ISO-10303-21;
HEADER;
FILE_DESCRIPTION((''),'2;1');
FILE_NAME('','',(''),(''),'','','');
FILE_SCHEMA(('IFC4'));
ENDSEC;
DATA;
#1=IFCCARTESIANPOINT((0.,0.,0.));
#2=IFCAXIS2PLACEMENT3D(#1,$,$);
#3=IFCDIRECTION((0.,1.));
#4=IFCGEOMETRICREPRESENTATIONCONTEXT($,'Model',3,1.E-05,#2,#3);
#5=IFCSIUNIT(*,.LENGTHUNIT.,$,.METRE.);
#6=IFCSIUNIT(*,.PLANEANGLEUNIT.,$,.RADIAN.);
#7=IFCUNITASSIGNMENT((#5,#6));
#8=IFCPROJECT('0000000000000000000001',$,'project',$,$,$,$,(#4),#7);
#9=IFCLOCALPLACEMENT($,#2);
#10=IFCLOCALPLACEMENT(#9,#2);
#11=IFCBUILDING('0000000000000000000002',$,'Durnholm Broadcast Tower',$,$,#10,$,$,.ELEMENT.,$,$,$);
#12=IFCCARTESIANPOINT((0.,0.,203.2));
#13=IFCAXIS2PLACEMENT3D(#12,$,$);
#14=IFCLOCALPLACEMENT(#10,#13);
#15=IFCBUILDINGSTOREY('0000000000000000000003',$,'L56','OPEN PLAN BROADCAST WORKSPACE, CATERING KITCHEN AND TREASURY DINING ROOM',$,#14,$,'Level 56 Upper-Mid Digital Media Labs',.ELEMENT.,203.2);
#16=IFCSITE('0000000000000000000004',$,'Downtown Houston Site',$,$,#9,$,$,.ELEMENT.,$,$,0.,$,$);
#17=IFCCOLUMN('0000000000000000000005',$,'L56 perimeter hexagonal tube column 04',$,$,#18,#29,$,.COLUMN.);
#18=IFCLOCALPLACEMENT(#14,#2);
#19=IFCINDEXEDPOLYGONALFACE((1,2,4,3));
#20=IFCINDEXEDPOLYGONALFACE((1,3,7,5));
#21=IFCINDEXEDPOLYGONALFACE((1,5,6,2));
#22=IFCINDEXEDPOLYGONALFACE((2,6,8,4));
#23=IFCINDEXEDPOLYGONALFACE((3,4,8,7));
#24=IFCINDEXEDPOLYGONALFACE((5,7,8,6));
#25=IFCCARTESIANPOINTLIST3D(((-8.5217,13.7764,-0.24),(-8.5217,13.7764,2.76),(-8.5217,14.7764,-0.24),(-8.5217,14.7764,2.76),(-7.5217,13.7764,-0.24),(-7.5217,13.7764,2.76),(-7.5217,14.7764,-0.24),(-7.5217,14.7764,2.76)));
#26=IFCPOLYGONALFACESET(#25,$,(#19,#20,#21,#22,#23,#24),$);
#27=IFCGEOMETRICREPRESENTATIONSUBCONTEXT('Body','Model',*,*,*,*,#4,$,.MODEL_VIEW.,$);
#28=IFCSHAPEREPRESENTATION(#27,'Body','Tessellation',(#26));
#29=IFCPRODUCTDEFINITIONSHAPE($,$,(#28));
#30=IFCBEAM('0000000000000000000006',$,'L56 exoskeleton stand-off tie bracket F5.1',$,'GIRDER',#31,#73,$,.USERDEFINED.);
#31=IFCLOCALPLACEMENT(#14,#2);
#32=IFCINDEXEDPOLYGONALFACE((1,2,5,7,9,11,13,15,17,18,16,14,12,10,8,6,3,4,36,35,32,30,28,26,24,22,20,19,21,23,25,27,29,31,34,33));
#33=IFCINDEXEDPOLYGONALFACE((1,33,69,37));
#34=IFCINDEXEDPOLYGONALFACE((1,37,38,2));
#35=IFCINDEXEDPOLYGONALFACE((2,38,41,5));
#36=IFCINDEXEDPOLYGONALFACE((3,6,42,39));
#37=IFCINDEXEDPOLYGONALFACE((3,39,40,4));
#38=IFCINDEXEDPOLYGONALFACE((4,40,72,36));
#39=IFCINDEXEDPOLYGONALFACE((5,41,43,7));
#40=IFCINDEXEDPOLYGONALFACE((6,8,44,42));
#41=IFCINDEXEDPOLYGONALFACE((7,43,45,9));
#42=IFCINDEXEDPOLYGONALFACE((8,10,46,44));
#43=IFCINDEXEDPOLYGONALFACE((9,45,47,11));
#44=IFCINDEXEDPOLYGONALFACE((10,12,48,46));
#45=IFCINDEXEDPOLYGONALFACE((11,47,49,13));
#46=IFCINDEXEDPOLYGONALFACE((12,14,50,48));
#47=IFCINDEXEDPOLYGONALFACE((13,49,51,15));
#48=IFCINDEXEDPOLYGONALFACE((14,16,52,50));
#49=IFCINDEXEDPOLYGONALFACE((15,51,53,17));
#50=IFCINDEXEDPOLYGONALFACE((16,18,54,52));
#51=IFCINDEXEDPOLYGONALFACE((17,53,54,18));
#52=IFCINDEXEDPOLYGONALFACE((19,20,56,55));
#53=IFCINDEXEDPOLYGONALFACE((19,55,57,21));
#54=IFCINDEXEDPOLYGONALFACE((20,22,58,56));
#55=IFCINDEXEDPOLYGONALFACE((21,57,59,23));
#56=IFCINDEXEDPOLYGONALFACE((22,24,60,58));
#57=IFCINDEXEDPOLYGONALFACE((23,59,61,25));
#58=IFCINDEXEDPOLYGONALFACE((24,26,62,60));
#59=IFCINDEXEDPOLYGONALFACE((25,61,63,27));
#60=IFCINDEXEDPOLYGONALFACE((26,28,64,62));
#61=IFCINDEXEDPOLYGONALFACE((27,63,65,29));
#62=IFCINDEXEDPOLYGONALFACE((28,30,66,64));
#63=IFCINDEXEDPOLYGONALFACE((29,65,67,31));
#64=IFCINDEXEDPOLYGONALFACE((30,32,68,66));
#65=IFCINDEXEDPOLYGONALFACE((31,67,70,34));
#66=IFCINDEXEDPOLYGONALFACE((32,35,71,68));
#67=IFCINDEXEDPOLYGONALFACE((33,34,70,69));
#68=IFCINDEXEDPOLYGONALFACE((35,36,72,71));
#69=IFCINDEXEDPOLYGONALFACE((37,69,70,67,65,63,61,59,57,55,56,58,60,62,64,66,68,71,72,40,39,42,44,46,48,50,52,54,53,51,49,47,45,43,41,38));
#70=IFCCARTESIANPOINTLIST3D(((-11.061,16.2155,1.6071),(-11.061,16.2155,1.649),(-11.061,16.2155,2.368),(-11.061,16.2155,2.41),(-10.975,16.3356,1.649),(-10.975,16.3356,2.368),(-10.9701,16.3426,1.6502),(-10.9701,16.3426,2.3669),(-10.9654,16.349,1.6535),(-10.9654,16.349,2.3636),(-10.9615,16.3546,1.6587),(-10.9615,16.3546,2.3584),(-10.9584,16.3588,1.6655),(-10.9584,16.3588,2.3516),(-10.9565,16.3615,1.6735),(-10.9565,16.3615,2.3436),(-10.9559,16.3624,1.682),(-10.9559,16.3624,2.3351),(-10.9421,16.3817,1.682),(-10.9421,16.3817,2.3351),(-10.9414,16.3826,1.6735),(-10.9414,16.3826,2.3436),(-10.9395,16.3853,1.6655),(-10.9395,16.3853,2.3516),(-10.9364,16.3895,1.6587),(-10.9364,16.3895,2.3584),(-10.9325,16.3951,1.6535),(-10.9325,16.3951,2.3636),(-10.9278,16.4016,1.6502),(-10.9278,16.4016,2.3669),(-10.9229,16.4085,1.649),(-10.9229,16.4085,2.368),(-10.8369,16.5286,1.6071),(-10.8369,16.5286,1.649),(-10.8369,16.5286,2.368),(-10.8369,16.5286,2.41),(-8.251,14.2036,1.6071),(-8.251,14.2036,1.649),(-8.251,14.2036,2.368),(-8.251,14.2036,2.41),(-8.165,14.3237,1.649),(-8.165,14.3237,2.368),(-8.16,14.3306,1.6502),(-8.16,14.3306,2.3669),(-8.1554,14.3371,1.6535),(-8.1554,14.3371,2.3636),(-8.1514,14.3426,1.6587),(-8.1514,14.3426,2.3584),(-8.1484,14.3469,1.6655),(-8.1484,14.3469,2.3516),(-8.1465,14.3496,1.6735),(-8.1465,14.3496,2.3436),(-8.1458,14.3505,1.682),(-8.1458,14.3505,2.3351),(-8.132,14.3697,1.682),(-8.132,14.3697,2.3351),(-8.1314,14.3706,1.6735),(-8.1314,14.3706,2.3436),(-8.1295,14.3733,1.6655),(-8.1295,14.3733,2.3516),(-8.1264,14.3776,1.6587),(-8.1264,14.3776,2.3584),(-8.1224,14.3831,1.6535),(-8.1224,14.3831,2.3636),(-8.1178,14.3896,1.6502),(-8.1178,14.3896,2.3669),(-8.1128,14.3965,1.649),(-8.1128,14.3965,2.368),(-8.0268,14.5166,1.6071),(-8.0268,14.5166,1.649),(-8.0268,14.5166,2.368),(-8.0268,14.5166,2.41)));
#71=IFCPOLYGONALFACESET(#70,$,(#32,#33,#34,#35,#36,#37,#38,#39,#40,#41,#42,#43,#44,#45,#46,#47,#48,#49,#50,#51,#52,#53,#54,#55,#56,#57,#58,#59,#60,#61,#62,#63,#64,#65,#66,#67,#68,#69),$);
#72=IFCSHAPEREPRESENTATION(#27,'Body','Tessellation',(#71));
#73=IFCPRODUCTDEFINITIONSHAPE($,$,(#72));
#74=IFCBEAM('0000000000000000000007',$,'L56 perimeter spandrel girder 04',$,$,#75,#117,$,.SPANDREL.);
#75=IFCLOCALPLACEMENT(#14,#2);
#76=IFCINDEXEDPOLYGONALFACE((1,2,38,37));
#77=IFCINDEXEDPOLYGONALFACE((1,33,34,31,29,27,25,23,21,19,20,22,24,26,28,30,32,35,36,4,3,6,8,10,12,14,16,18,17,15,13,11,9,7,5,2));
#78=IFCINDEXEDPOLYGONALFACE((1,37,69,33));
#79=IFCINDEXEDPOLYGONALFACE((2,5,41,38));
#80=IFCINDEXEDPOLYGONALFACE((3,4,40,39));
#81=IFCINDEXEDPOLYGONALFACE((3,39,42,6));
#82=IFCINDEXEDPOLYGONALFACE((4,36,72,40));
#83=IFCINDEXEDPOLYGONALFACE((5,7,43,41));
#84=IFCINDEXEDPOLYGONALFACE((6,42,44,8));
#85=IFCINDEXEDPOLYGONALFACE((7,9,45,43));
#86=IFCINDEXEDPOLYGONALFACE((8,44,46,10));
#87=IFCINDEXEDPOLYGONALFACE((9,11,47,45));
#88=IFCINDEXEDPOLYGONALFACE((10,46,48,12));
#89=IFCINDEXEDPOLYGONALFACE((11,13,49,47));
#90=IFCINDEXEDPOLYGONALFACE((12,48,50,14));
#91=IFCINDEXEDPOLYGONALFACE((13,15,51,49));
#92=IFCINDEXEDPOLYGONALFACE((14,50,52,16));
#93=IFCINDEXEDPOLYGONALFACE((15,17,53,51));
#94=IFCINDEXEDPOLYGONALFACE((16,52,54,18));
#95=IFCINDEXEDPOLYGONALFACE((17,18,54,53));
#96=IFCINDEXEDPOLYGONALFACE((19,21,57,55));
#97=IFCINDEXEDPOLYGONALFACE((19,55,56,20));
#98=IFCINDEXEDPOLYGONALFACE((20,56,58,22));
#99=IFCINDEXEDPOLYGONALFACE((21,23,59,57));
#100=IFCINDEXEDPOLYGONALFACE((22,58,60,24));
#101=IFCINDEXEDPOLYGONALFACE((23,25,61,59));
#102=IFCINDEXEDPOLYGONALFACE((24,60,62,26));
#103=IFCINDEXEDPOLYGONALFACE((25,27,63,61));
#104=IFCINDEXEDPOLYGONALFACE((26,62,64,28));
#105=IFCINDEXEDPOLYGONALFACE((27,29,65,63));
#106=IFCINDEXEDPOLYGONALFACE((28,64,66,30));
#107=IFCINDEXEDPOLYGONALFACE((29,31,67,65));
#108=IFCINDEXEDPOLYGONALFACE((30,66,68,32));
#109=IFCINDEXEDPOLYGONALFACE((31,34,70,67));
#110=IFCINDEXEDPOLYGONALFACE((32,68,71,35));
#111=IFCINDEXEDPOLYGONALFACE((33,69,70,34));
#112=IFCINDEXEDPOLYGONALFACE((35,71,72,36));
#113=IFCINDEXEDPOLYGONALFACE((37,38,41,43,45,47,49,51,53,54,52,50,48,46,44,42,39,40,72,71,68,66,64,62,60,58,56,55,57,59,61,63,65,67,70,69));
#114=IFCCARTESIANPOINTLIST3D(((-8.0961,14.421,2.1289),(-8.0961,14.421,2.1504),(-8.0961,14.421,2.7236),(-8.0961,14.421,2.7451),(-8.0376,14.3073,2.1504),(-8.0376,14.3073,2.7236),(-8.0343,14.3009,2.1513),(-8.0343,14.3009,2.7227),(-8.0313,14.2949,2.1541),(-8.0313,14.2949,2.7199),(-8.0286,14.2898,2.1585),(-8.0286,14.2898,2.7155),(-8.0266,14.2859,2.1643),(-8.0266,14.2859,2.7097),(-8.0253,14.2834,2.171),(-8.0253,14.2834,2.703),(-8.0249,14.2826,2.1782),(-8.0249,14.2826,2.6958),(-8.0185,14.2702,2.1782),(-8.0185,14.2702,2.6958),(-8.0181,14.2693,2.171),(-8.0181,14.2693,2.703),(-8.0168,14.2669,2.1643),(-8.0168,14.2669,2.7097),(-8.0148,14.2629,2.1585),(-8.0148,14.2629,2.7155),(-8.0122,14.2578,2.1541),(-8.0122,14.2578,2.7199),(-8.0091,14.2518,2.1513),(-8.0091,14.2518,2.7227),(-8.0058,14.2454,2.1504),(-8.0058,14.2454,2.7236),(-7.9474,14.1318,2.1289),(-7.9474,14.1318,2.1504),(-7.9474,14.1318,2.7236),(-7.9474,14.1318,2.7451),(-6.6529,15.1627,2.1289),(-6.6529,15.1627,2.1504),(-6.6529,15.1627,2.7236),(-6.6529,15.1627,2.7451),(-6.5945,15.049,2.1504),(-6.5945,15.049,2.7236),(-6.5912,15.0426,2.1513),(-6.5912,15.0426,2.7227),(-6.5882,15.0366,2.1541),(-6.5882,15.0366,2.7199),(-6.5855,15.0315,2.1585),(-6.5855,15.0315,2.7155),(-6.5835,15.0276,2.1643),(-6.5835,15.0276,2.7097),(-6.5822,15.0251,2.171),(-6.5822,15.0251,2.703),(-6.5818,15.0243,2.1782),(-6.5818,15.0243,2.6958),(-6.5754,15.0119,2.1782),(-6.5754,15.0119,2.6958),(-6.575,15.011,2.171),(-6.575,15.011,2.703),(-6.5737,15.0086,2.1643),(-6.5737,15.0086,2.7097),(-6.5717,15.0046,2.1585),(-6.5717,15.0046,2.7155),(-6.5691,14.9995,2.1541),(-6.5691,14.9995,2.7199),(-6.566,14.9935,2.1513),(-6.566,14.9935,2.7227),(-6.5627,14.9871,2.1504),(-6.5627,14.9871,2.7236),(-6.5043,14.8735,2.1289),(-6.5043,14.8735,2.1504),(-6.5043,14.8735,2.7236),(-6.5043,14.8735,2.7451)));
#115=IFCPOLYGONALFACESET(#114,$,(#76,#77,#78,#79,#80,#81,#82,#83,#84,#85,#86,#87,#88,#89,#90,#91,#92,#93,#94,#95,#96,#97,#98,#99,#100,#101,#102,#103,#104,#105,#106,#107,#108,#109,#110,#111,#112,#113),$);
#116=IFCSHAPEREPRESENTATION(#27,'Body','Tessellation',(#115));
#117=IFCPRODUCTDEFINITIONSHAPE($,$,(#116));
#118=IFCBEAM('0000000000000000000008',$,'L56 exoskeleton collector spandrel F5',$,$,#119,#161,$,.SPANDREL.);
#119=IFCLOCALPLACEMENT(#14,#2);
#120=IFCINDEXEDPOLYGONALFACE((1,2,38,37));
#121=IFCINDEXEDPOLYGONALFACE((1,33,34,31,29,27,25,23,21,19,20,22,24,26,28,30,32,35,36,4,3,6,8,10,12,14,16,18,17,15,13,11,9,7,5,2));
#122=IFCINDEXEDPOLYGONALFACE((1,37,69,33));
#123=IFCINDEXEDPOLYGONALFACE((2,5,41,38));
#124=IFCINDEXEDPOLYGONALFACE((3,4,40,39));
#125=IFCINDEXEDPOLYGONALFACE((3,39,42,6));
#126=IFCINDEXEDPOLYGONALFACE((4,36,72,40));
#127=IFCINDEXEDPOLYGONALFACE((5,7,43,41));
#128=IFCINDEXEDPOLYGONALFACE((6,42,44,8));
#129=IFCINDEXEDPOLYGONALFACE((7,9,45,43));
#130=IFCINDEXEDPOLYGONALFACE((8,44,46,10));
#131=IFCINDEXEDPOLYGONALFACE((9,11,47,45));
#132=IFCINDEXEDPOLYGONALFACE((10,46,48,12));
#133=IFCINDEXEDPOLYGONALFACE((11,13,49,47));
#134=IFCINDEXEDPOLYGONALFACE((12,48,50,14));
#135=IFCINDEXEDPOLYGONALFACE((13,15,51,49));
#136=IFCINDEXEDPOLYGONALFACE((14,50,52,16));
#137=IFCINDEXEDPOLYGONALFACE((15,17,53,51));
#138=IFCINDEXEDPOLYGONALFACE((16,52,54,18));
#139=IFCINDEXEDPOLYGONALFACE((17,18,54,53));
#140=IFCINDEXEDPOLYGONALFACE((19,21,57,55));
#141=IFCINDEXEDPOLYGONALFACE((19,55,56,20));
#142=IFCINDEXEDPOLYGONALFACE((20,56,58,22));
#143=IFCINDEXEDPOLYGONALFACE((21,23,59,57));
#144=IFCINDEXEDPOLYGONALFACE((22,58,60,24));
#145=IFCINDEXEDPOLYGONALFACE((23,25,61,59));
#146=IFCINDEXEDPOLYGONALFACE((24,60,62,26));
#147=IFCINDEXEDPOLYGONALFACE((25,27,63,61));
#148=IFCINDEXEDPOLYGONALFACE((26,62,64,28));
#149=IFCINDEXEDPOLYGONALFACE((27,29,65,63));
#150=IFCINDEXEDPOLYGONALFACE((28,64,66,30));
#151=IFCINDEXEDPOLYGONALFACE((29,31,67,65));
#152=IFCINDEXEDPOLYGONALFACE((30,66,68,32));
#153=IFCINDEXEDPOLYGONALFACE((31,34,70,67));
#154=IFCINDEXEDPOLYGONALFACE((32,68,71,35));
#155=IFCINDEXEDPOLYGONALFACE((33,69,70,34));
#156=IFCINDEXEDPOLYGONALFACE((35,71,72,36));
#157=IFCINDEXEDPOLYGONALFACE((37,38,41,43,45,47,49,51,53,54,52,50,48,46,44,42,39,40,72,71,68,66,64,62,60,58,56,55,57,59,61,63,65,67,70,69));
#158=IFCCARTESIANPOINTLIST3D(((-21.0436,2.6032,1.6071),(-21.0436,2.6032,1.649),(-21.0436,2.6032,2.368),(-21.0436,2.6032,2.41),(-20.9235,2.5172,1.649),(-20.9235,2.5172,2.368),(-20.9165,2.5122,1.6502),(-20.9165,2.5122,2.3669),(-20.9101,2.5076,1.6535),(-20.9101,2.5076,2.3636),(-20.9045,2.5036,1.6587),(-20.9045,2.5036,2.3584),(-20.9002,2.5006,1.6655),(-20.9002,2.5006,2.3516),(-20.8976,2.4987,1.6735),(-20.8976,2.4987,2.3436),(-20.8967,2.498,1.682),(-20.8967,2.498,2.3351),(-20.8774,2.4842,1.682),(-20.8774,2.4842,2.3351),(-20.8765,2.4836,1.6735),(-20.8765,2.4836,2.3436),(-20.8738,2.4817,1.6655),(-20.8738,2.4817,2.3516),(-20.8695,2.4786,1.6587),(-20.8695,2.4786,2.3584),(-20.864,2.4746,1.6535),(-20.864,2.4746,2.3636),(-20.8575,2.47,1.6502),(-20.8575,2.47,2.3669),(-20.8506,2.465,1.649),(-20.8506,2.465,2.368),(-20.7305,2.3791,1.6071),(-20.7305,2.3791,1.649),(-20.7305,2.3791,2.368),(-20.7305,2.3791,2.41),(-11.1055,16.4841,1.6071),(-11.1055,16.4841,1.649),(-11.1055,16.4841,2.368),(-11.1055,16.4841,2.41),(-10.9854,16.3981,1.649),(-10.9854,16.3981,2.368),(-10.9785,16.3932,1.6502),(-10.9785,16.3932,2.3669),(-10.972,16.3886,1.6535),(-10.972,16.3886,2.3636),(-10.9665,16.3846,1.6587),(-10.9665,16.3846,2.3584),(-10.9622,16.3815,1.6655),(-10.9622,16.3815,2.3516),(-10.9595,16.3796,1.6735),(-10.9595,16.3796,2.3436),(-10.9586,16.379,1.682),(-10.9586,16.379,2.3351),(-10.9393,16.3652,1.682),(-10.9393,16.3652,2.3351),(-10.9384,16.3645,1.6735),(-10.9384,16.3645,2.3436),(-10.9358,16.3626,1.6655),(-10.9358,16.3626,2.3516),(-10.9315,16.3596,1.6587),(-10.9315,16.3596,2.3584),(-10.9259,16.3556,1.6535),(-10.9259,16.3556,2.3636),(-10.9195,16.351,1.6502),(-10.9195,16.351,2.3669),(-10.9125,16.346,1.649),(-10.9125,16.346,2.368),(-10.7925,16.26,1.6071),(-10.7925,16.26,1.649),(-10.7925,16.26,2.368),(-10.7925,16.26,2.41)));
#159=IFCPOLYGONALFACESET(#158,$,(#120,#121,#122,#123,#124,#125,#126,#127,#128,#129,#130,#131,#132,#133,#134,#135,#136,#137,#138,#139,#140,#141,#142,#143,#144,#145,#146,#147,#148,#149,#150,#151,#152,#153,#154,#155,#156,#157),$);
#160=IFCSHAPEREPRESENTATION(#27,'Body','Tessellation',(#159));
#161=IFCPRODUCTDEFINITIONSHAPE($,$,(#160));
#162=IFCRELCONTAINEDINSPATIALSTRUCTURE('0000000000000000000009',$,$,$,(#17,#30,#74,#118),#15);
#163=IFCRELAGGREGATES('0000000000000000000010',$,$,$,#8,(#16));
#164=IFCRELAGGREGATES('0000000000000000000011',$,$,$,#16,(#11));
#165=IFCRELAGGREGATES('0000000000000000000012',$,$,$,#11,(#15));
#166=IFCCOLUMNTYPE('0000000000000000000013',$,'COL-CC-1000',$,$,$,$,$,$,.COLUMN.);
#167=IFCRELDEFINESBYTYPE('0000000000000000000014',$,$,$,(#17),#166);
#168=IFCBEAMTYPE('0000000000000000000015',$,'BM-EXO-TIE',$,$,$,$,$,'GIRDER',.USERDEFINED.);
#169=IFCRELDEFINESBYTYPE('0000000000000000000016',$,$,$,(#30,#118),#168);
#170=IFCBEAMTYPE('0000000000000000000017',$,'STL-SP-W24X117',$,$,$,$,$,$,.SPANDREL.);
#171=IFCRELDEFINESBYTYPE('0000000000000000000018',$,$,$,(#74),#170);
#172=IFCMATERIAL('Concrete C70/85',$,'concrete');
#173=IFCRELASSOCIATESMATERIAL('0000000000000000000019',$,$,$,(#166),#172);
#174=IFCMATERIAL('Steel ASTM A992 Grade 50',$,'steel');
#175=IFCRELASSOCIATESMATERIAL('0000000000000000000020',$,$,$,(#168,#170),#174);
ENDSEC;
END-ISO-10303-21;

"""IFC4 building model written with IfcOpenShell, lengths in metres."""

from ifc_helpers import new_model, si_unit, direction, frame, origin, origin_2d, place, context, subcontext, project, spatial, rectangle, i_section, extrude, source, transform, mapped, material, material_profile, profile_set, type_object, type_shapes, element, save


model = new_model("IFC4")

# Units and contexts
model_context = context("Model", 3, precision=1e-05, world=origin(), true_north=direction((0.0, 1.0)))
body_context = subcontext(model_context, "Body", "Model", "MODEL_VIEW")
ifc_project = project(units=[si_unit("LENGTHUNIT", "METRE"), si_unit("PLANEANGLEUNIT", "RADIAN")], contexts=[model_context])

# Site, building, storey
site_placement = place(None, origin())
site = spatial("IfcSite", under=ifc_project, at=site_placement, Name="Downtown Houston Site", CompositionType="ELEMENT", RefElevation=0.0)
building_placement = place(site_placement, origin())
building = spatial("IfcBuilding", under=site, at=building_placement, Name="Durnholm Broadcast Tower", CompositionType="ELEMENT")
storey_placement = place(building_placement, frame((0.0, 0.0, 203.2)))
storey = spatial("IfcBuildingStorey", under=building, at=storey_placement, Name="L56", Description="OPEN PLAN BROADCAST WORKSPACE, CATERING KITCHEN AND TREASURY DINING ROOM", LongName="Level 56 Upper-Mid Digital Media Labs", CompositionType="ELEMENT", Elevation=203.2)

# Column
ifc_material_1 = material(Name="Concrete C70/85", Category="concrete")
ifc_material_profile_1 = material_profile(ifc_material_1, rectangle(XDim=1.0, YDim=1.0, at=origin_2d()), Name="RC1000X1000")
ifc_profile_set_1 = profile_set([ifc_material_profile_1], Name="Concrete C70/85")
column_type = type_object("IfcColumnType", Name="COL-CC-1000", PredefinedType="COLUMN", material=ifc_profile_set_1)
shared_shape_1 = source(origin(), body_context, "Body", "SweptSolid", [
    extrude(rectangle(XDim=1.0, YDim=1.0, at=origin_2d()), origin(), (0.0, 0.0, 1.0), 3.0),
])
type_shapes(column_type, [shared_shape_1])
column_placement = place(storey_placement, frame((-8.0217, 14.2764, -0.24), z_axis=(0.0, 0.0, 1.0), x_axis=(1.0, 0.0, 0.0)))
element("IfcColumn", 1, at=column_placement, inside=storey, type_object=column_type, Name="L56 perimeter hexagonal tube column 04", PredefinedType="COLUMN", context=body_context, shape_type="MappedRepresentation", body=[
    mapped(shared_shape_1, transform((0.0, 0.0, 0.0), x_axis=(1.0, 0.0, 0.0), y_axis=(0.0, 1.0, 0.0), z_axis=(0.0, 0.0, 1.0), scale=1.0)),
])

# Beams
ifc_material_2 = material(Name="Steel ASTM A992 Grade 50", Category="steel")
ifc_material_profile_2 = material_profile(ifc_material_2, i_section(OverallWidth=0.385, OverallDepth=0.803, WebThickness=0.0237, FlangeThickness=0.042, FilletRadius=0.033, at=origin_2d()), Name="W30X261")
ifc_profile_set_2 = profile_set([ifc_material_profile_2], Name="Steel ASTM A992 Grade 50")
beam_type_1 = type_object("IfcBeamType", Name="BM-EXO-TIE", ElementType="GIRDER", PredefinedType="USERDEFINED", material=ifc_profile_set_2)
shared_shape_2 = source(origin(), body_context, "Body", "SweptSolid", [
    extrude(i_section(OverallWidth=0.385, OverallDepth=0.803, WebThickness=0.0237, FlangeThickness=0.042, FilletRadius=0.033, at=origin_2d()), origin(), (0.0, 0.0, 1.0), 3.4561),
])
beam_1_placement = place(storey_placement, frame((-8.1389, 14.3601, 2.0085), z_axis=(-0.813079, 0.582153, 0.0), x_axis=(-0.582153, -0.813079, 0.0)))
element("IfcBeam", 2, at=beam_1_placement, inside=storey, type_object=beam_type_1, Name="L56 exoskeleton stand-off tie bracket F5.1", ObjectType="GIRDER", PredefinedType="USERDEFINED", context=body_context, shape_type="MappedRepresentation", body=[
    mapped(shared_shape_2, transform((0.0, 0.0, 0.0), x_axis=(1.0, 0.0, 0.0), y_axis=(0.0, 1.0, 0.0), z_axis=(0.0, 0.0, 1.0), scale=1.0)),
])
ifc_material_profile_3 = material_profile(ifc_material_2, i_section(OverallWidth=0.3252, OverallDepth=0.6162, WebThickness=0.0139, FlangeThickness=0.0215, FilletRadius=0.0278, at=origin_2d()), Name="W24X117")
ifc_profile_set_3 = profile_set([ifc_material_profile_3], Name="Steel ASTM A992 Grade 50")
beam_type_2 = type_object("IfcBeamType", Name="STL-SP-W24X117", PredefinedType="SPANDREL", material=ifc_profile_set_3)
shared_shape_3 = source(origin(), body_context, "Body", "SweptSolid", [
    extrude(i_section(OverallWidth=0.3252, OverallDepth=0.6162, WebThickness=0.0139, FlangeThickness=0.0215, FilletRadius=0.0278, at=origin_2d()), origin(), (0.0, 0.0, 1.0), 1.6226),
])
type_shapes(beam_type_2, [shared_shape_3])
beam_2_placement = place(storey_placement, frame((-8.0217, 14.2764, 2.437), z_axis=(0.889407, 0.457117, 0.0), x_axis=(-0.457117, 0.889407, 0.0)))
element("IfcBeam", 3, at=beam_2_placement, inside=storey, type_object=beam_type_2, Name="L56 perimeter spandrel girder 04", PredefinedType="SPANDREL", context=body_context, shape_type="MappedRepresentation", body=[
    mapped(shared_shape_3, transform((0.0, 0.0, 0.0), x_axis=(1.0, 0.0, 0.0), y_axis=(0.0, 1.0, 0.0), z_axis=(0.0, 0.0, 1.0), scale=1.0)),
])
shared_shape_4 = source(origin(), body_context, "Body", "SweptSolid", [
    extrude(i_section(OverallWidth=0.385, OverallDepth=0.803, WebThickness=0.0237, FlangeThickness=0.042, FilletRadius=0.033, at=origin_2d()), origin(), (0.0, 0.0, 1.0), 17.0718),
])
type_shapes(beam_type_1, [shared_shape_2, shared_shape_4])
beam_3_placement = place(storey_placement, frame((-10.949, 16.3721, 2.0085), z_axis=(-0.582133, -0.813093, 0.0), x_axis=(0.813093, -0.582133, 0.0)))
element("IfcBeam", 4, at=beam_3_placement, inside=storey, type_object=beam_type_1, Name="L56 exoskeleton collector spandrel F5", PredefinedType="SPANDREL", context=body_context, shape_type="MappedRepresentation", body=[
    mapped(shared_shape_4, transform((0.0, 0.0, 0.0), x_axis=(1.0, 0.0, 0.0), y_axis=(0.0, 1.0, 0.0), z_axis=(0.0, 0.0, 1.0), scale=1.0)),
])

save(model, "model.ifc")
